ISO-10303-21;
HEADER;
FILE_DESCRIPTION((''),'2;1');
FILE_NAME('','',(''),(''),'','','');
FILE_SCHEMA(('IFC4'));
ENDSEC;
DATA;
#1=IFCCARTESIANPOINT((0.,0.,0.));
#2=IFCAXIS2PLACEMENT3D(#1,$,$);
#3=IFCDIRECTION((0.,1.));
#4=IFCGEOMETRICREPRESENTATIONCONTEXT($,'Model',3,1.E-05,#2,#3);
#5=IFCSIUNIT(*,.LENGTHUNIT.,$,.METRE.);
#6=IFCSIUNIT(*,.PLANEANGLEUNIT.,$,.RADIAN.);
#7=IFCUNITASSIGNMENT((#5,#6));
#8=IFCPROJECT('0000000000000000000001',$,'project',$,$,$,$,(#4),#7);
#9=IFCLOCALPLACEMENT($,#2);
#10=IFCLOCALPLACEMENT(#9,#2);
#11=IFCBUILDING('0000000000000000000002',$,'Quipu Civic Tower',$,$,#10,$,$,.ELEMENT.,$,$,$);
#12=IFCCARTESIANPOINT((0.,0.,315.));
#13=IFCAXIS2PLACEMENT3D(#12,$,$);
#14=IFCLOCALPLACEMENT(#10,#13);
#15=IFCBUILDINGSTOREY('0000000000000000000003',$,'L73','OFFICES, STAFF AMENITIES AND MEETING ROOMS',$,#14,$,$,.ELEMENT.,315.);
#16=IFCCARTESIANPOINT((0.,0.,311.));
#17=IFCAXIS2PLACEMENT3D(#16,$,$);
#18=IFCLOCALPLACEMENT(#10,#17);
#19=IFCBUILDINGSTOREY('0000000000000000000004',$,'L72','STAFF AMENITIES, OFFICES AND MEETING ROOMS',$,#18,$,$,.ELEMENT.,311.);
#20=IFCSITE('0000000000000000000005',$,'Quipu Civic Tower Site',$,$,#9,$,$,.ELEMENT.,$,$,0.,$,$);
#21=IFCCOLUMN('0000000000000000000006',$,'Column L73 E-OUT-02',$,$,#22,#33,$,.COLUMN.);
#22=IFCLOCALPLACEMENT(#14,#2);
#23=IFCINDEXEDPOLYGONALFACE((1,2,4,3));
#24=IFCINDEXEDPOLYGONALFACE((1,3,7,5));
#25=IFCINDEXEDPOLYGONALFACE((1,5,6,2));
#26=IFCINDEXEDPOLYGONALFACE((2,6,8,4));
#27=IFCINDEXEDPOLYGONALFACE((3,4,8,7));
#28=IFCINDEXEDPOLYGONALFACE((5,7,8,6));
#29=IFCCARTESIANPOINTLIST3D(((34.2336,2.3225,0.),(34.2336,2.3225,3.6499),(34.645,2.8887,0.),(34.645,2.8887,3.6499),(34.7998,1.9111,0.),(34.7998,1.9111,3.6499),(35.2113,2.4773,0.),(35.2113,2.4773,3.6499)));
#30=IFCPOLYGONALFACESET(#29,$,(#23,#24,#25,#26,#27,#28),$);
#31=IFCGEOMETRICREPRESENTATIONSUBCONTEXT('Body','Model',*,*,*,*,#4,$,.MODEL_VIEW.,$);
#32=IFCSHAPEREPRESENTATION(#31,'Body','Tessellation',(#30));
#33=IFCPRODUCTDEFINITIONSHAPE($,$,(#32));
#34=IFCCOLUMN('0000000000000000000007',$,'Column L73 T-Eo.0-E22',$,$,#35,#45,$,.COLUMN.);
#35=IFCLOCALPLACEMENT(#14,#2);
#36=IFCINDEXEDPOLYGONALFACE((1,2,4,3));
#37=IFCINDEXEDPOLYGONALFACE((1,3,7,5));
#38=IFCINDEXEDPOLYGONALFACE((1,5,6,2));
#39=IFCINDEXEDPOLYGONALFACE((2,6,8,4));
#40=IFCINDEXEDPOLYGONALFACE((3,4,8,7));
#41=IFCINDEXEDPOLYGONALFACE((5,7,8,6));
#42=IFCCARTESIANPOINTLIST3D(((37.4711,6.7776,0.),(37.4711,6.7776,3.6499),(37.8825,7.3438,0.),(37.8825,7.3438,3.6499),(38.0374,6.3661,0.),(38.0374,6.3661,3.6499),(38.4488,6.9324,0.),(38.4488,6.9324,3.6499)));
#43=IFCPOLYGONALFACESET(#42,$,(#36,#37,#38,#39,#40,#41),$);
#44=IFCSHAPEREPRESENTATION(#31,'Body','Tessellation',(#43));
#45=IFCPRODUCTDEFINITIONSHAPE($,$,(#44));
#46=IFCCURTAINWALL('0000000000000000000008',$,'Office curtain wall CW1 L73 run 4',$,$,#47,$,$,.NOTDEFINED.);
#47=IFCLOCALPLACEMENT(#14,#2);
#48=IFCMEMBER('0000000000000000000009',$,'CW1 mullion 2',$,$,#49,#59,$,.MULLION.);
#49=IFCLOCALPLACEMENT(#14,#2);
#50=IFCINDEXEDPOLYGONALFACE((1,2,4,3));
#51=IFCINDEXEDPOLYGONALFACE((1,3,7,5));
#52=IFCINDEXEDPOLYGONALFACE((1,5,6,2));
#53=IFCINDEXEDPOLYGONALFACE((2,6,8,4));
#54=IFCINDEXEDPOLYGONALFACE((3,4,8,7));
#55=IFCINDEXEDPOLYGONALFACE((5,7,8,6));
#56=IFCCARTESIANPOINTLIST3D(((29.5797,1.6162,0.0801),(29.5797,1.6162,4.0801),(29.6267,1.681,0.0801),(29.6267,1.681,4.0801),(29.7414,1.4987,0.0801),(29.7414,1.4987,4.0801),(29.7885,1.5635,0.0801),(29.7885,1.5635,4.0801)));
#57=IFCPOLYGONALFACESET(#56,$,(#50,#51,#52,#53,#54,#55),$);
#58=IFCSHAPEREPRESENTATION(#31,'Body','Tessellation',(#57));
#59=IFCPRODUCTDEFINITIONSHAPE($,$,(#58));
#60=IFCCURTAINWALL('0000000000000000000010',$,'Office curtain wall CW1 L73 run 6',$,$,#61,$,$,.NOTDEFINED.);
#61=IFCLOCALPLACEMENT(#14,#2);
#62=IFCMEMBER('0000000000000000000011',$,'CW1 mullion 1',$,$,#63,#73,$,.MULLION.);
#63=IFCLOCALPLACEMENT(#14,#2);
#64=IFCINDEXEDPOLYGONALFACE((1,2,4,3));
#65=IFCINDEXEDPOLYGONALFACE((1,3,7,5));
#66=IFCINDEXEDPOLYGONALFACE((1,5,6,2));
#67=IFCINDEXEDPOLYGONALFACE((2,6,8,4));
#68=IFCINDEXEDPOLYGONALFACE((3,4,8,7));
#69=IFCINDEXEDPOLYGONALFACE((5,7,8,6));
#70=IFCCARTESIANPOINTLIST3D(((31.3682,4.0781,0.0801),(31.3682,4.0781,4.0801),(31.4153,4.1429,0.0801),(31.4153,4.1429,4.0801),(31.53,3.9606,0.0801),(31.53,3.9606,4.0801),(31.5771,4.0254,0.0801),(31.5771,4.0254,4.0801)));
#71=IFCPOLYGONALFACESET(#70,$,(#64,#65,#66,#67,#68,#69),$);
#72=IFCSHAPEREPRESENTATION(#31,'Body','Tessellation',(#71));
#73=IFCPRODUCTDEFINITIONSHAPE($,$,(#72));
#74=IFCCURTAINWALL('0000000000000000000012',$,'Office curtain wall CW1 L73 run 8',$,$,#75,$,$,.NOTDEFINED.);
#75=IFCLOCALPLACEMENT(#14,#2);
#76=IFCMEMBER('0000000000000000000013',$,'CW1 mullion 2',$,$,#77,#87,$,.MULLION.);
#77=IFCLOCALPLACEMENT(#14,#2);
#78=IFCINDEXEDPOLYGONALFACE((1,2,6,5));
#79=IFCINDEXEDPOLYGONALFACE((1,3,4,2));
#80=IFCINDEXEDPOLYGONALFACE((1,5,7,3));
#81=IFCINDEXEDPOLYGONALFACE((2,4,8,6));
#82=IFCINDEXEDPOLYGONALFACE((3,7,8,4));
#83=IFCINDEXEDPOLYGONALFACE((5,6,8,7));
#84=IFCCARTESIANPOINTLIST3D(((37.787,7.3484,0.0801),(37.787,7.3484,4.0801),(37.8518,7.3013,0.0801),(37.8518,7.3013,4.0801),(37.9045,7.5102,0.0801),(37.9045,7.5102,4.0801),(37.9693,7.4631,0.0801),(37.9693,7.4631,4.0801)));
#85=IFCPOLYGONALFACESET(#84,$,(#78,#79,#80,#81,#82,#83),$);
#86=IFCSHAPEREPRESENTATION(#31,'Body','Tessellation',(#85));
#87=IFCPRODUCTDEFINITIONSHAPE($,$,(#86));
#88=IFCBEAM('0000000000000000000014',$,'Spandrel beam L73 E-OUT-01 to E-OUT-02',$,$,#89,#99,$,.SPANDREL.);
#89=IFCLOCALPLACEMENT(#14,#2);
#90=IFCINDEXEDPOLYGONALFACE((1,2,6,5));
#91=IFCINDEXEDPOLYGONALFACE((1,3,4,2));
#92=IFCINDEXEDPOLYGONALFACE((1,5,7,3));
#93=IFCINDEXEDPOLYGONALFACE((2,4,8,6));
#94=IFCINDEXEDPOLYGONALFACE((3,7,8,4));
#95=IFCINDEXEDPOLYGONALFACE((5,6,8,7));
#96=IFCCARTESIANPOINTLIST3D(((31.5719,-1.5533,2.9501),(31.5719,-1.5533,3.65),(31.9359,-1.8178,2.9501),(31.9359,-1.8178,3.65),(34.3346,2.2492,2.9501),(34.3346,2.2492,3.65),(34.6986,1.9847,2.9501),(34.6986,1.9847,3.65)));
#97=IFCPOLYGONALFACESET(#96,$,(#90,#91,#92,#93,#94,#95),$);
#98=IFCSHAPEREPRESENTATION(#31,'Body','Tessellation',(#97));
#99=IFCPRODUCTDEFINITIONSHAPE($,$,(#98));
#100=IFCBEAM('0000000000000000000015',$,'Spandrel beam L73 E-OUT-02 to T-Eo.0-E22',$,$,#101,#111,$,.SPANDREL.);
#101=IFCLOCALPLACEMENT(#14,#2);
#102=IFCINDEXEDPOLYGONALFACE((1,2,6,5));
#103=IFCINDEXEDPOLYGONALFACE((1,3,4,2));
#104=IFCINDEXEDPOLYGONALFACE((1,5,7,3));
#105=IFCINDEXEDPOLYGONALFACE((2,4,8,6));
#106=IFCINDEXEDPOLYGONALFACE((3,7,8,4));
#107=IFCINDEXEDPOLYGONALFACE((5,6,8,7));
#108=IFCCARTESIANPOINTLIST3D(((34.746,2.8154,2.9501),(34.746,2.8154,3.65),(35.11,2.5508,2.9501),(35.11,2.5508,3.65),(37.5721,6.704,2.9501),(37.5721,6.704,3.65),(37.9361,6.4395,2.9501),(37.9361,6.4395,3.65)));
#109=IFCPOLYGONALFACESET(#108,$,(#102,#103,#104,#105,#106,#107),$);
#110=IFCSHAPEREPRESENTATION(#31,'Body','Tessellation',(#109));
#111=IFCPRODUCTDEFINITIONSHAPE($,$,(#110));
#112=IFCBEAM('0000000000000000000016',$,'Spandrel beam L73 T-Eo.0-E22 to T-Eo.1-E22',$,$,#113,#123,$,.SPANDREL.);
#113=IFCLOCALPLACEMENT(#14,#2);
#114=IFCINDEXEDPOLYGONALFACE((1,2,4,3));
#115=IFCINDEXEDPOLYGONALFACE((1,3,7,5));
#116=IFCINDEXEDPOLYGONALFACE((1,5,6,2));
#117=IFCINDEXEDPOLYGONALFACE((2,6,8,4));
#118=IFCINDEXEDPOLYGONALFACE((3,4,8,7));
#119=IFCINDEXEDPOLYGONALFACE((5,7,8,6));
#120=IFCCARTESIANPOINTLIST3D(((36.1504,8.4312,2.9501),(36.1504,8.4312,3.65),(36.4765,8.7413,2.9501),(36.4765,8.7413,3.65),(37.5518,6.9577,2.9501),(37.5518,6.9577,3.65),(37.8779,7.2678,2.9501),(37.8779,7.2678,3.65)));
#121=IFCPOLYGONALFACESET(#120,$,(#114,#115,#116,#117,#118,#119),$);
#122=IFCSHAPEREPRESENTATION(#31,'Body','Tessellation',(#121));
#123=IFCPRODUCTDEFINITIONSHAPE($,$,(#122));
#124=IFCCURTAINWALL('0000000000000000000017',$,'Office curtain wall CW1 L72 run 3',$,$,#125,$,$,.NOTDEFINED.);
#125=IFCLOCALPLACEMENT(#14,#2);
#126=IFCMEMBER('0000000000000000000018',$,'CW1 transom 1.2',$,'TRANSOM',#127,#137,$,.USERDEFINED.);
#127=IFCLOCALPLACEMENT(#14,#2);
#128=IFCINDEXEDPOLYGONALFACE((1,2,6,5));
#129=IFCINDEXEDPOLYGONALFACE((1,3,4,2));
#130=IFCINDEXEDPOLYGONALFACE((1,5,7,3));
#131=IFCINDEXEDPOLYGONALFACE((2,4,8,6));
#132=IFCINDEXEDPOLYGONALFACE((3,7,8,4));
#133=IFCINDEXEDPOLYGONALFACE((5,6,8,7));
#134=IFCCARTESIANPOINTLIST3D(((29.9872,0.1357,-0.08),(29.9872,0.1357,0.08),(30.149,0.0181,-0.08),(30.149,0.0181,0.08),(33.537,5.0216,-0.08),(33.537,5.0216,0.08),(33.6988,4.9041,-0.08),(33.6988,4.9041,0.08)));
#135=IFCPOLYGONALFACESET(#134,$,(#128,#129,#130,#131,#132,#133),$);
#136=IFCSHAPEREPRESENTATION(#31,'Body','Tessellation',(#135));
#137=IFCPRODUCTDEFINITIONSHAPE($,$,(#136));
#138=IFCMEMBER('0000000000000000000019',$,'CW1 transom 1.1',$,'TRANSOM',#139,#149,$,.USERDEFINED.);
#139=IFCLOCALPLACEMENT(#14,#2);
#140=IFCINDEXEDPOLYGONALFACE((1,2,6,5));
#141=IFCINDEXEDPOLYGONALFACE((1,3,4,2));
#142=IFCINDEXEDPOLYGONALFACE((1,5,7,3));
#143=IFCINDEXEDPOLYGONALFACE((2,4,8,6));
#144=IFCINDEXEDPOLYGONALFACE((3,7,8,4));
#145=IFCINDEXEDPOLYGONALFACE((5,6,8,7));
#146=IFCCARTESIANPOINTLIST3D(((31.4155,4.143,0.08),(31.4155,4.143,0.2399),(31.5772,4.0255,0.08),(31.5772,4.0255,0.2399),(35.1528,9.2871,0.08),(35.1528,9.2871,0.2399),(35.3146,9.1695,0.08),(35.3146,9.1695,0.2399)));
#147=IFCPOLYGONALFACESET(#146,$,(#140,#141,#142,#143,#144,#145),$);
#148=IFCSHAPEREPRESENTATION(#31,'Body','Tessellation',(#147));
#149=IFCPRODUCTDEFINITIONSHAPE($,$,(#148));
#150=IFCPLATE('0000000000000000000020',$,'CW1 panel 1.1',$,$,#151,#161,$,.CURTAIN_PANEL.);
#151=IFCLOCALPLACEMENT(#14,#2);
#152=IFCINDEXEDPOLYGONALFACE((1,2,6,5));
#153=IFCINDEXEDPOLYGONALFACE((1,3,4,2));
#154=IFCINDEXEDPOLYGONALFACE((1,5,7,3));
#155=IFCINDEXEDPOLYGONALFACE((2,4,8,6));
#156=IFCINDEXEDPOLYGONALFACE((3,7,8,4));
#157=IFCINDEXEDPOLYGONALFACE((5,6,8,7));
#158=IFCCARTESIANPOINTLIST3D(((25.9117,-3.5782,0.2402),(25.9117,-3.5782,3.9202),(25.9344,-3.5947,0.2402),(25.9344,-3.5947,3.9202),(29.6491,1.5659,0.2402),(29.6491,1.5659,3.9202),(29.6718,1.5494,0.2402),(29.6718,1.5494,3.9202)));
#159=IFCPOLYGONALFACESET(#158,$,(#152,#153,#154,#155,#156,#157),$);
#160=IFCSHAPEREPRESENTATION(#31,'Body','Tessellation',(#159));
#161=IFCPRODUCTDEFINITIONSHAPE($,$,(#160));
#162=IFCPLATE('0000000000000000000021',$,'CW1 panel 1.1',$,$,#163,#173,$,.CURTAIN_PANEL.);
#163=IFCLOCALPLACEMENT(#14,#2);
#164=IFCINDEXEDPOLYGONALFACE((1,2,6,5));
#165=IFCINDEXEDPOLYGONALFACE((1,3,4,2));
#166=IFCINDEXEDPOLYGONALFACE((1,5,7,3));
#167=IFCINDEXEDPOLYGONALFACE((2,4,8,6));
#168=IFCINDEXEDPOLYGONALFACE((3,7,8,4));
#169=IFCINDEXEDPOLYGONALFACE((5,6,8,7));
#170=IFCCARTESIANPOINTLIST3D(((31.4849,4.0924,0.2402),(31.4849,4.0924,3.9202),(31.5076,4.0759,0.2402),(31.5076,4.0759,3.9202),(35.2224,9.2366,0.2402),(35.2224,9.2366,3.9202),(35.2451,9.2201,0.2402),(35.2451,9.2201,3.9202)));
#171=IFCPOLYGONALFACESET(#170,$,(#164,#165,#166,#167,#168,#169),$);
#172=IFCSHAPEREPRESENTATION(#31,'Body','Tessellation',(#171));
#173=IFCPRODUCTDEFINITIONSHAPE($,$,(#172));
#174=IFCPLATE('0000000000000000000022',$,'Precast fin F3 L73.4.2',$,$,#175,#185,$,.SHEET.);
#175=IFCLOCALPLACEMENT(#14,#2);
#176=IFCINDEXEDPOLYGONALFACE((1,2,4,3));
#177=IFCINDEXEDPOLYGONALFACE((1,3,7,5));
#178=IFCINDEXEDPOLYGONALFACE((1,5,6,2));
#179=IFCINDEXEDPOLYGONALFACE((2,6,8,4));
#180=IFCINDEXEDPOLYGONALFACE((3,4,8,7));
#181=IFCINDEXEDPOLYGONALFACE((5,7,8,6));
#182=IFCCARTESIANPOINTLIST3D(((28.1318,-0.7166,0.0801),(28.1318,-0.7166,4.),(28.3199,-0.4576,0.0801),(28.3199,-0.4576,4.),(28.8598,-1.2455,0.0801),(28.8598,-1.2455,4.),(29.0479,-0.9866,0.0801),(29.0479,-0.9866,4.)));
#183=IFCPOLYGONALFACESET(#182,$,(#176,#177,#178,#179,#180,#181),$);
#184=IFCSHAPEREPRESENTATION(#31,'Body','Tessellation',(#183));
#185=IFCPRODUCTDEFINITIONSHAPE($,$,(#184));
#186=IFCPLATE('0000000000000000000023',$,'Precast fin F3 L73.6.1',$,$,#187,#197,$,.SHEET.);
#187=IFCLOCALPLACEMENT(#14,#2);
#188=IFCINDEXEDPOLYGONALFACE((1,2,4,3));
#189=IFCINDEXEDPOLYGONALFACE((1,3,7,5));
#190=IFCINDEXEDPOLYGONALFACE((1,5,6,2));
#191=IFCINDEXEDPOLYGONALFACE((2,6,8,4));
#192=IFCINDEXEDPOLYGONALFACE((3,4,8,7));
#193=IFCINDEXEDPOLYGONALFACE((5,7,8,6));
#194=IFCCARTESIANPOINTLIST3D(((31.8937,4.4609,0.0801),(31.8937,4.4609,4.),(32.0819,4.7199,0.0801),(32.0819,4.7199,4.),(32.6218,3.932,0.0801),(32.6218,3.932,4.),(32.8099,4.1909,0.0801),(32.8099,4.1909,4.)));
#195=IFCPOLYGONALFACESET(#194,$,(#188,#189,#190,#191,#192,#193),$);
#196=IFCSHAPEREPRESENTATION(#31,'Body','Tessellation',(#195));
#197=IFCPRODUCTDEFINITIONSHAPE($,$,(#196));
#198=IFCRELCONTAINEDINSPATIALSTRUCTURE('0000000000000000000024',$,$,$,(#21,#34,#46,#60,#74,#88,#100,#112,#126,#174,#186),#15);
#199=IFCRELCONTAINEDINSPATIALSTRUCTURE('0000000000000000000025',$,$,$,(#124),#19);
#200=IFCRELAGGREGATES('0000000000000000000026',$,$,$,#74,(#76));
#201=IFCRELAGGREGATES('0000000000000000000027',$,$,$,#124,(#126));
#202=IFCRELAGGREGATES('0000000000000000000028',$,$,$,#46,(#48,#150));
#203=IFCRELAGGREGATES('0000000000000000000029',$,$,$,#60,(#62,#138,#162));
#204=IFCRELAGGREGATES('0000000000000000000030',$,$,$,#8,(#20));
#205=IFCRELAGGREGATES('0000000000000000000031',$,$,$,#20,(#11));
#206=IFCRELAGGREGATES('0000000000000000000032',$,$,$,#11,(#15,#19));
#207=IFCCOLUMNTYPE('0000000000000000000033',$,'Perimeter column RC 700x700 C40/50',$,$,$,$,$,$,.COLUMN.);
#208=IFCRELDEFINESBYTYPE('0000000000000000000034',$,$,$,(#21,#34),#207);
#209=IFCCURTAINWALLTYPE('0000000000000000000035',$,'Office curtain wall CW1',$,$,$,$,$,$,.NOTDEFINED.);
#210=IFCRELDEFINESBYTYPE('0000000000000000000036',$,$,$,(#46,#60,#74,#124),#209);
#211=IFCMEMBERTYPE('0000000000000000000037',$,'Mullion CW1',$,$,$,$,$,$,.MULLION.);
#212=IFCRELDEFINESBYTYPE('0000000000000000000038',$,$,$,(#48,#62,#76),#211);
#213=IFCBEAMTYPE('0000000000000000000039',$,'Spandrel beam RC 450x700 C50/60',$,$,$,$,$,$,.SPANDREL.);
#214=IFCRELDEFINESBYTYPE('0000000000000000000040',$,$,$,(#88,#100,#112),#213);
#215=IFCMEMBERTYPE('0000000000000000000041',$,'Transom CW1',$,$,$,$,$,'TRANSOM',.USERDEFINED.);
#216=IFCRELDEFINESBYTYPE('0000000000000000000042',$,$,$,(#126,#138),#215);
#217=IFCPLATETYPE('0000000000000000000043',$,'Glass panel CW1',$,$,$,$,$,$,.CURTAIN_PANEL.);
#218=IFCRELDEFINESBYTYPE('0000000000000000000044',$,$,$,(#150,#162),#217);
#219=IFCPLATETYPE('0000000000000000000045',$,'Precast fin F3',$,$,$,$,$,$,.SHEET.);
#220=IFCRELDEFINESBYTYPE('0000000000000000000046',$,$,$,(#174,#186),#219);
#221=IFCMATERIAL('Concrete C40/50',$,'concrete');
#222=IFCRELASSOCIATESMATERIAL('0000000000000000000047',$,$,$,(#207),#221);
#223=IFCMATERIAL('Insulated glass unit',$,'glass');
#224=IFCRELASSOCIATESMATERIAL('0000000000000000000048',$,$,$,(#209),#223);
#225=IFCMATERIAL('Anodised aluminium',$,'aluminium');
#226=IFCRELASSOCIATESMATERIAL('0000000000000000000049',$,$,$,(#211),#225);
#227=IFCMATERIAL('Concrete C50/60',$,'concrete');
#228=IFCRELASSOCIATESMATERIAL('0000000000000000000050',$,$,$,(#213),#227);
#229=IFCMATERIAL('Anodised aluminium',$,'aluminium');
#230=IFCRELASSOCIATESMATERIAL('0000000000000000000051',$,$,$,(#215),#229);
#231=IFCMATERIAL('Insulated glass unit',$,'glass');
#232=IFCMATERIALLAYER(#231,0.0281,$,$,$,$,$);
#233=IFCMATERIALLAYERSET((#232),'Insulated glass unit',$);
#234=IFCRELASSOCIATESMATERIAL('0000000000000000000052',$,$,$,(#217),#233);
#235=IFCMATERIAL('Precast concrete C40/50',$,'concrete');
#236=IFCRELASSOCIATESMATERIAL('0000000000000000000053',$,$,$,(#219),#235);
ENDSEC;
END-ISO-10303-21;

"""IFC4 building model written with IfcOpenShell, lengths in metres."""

from ifc_helpers import new_model, si_unit, direction, frame, origin, origin_2d, place, context, subcontext, project, spatial, rectangle, extrude, material, layer, layer_set, material_profile, profile_set, type_object, element, aggregate, save


model = new_model("IFC4")

# Units and contexts
model_context = context("Model", 3, precision=1e-05, world=origin(), true_north=direction((0.0, 1.0)))
body_context = subcontext(model_context, "Body", "Model", "MODEL_VIEW")
ifc_project = project(units=[si_unit("LENGTHUNIT", "METRE"), si_unit("PLANEANGLEUNIT", "RADIAN")], contexts=[model_context])

# Site, building, storey
site_placement = place(None, origin())
site = spatial("IfcSite", under=ifc_project, at=site_placement, Name="Quipu Civic Tower Site", CompositionType="ELEMENT", RefElevation=0.0)
building_placement = place(site_placement, origin())
building = spatial("IfcBuilding", under=site, at=building_placement, Name="Quipu Civic Tower", CompositionType="ELEMENT")
storey_1_placement = place(building_placement, frame((0.0, 0.0, 315.0)))
storey_1 = spatial("IfcBuildingStorey", under=building, at=storey_1_placement, Name="L73", Description="OFFICES, STAFF AMENITIES AND MEETING ROOMS", CompositionType="ELEMENT", Elevation=315.0)

# Columns
ifc_material_1 = material(Name="Concrete C40/50", Category="concrete")
ifc_material_profile_1 = material_profile(ifc_material_1, rectangle(XDim=0.7, YDim=0.7, at=origin_2d()), Name="RC700x700")
ifc_profile_set_1 = profile_set([ifc_material_profile_1], Name="Concrete C40/50")
column_type = type_object("IfcColumnType", Name="Perimeter column RC 700x700 C40/50", PredefinedType="COLUMN", material=ifc_profile_set_1)
for number, where, z_axis, x_axis, name in (
    (1, (34.7224, 2.3999, 0.0), (0.0, 0.0, 1.0), (0.587785, 0.809017, 0.0), "Column L73 E-OUT-02"),
    (2, (37.96, 6.855, 0.0), (0.0, 0.0, 1.0), (0.587785, 0.809017, 0.0), "Column L73 T-Eo.0-E22"),
):
    element("IfcColumn", number, at=place(storey_1_placement, frame(where, z_axis=z_axis, x_axis=x_axis)), inside=storey_1, type_object=column_type, Name=name, PredefinedType="COLUMN", context=body_context, shape_type="SweptSolid", body=[
        extrude(rectangle(XDim=0.7, YDim=0.7, at=origin_2d()), origin(), (0.0, 0.0, 1.0), 3.6499),
    ])

# Curtain walls, members
ifc_material_2 = material(Name="Insulated glass unit", Category="glass")
curtain_wall_type = type_object("IfcCurtainWallType", Name="Office curtain wall CW1", PredefinedType="NOTDEFINED", material=ifc_material_2)
curtain_wall_1_placement = place(storey_1_placement, origin())
curtain_wall_1 = element("IfcCurtainWall", 3, at=curtain_wall_1_placement, inside=storey_1, type_object=curtain_wall_type, Name="Office curtain wall CW1 L73 run 4", PredefinedType="NOTDEFINED")
ifc_material_3 = material(Name="Anodised aluminium", Category="aluminium")
ifc_material_profile_2 = material_profile(ifc_material_3, rectangle(XDim=0.2, YDim=0.0801, at=origin_2d()), Name="RECT 200x80")
ifc_profile_set_2 = profile_set([ifc_material_profile_2], Name="Anodised aluminium")
member_type_1 = type_object("IfcMemberType", Name="Mullion CW1", PredefinedType="MULLION", material=ifc_profile_set_2)
member_1_placement = place(storey_1_placement, frame((29.6841, 1.5898, 0.0801), z_axis=(0.0, 0.0, 1.0), x_axis=(-0.809011, 0.587793, 0.0)))
member_1 = element("IfcMember", 4, at=member_1_placement, type_object=member_type_1, Name="CW1 mullion 2", PredefinedType="MULLION", context=body_context, shape_type="SweptSolid", body=[
    extrude(rectangle(XDim=0.2, YDim=0.0801, at=origin_2d()), origin(), (0.0, 0.0, 1.0), 4.0),
])
curtain_wall_2_placement = place(storey_1_placement, origin())
curtain_wall_2 = element("IfcCurtainWall", 5, at=curtain_wall_2_placement, inside=storey_1, type_object=curtain_wall_type, Name="Office curtain wall CW1 L73 run 6", PredefinedType="NOTDEFINED")
member_2_placement = place(storey_1_placement, frame((31.4727, 4.0518, 0.0801), z_axis=(0.0, 0.0, 1.0), x_axis=(-0.809017, 0.587786, 0.0)))
member_2 = element("IfcMember", 6, at=member_2_placement, type_object=member_type_1, Name="CW1 mullion 1", PredefinedType="MULLION", context=body_context, shape_type="SweptSolid", body=[
    extrude(rectangle(XDim=0.2, YDim=0.0801, at=origin_2d()), origin(), (0.0, 0.0, 1.0), 4.0),
])
curtain_wall_3_placement = place(storey_1_placement, origin())
curtain_wall_3 = element("IfcCurtainWall", 7, at=curtain_wall_3_placement, inside=storey_1, type_object=curtain_wall_type, Name="Office curtain wall CW1 L73 run 8", PredefinedType="NOTDEFINED")
member_3_placement = place(storey_1_placement, frame((37.8782, 7.4058, 0.0801), z_axis=(0.0, 0.0, 1.0), x_axis=(0.587785, 0.809017, 0.0)))
member_3 = element("IfcMember", 8, at=member_3_placement, type_object=member_type_1, Name="CW1 mullion 2", PredefinedType="MULLION", context=body_context, shape_type="SweptSolid", body=[
    extrude(rectangle(XDim=0.2, YDim=0.0801, at=origin_2d()), origin(), (0.0, 0.0, 1.0), 4.0),
])
aggregate(curtain_wall_3, [member_3])

# Beams
ifc_material_4 = material(Name="Concrete C50/60", Category="concrete")
ifc_material_profile_3 = material_profile(ifc_material_4, rectangle(XDim=0.45, YDim=0.7, at=origin_2d()), Name="RC450x700")
ifc_profile_set_3 = profile_set([ifc_material_profile_3], Name="Concrete C50/60")
beam_type = type_object("IfcBeamType", Name="Spandrel beam RC 450x700 C50/60", PredefinedType="SPANDREL", material=ifc_profile_set_3)
beam_1_placement = place(storey_1_placement, frame((31.7539, -1.6855, 3.3), z_axis=(0.587789, 0.809015, 0.0), x_axis=(-0.809015, 0.587789, 0.0)))
element("IfcBeam", 9, at=beam_1_placement, inside=storey_1, type_object=beam_type, Name="Spandrel beam L73 E-OUT-01 to E-OUT-02", PredefinedType="SPANDREL", context=body_context, shape_type="SweptSolid", body=[
    extrude(rectangle(XDim=0.45, YDim=0.7, at=origin_2d()), origin(), (0.0, 0.0, 1.0), 4.7002),
])
beam_2_placement = place(storey_1_placement, frame((34.928, 2.6831, 3.3), z_axis=(0.587906, 0.808929, 0.0), x_axis=(-0.808929, 0.587906, 0.0)))
element("IfcBeam", 10, at=beam_2_placement, inside=storey_1, type_object=beam_type, Name="Spandrel beam L73 E-OUT-02 to T-Eo.0-E22", PredefinedType="SPANDREL", context=body_context, shape_type="SweptSolid", body=[
    extrude(rectangle(XDim=0.45, YDim=0.7, at=origin_2d()), origin(), (0.0, 0.0, 1.0), 4.8071),
])
beam_3_placement = place(storey_1_placement, frame((37.7148, 7.1128, 3.3), z_axis=(-0.689175, 0.724595, 0.0), x_axis=(-0.724595, -0.689175, 0.0)))
element("IfcBeam", 11, at=beam_3_placement, inside=storey_1, type_object=beam_type, Name="Spandrel beam L73 T-Eo.0-E22 to T-Eo.1-E22", PredefinedType="SPANDREL", context=body_context, shape_type="SweptSolid", body=[
    extrude(rectangle(XDim=0.45, YDim=0.7, at=origin_2d()), origin(), (0.0, 0.0, 1.0), 2.0334),
])

# Shared definitions
storey_2_placement = place(building_placement, frame((0.0, 0.0, 311.0)))
storey_2 = spatial("IfcBuildingStorey", under=building, at=storey_2_placement, Name="L72", Description="STAFF AMENITIES, OFFICES AND MEETING ROOMS", CompositionType="ELEMENT", Elevation=311.0)

# Curtain wall, member
curtain_wall_4_placement = place(storey_2_placement, origin())
curtain_wall_4 = element("IfcCurtainWall", 12, at=curtain_wall_4_placement, inside=storey_2, type_object=curtain_wall_type, Name="Office curtain wall CW1 L72 run 3", PredefinedType="NOTDEFINED")
ifc_material_5 = material(Name="Anodised aluminium", Category="aluminium")
ifc_material_profile_4 = material_profile(ifc_material_5, rectangle(XDim=0.2, YDim=0.1599, at=origin_2d()), Name="RECT 200x160")
ifc_profile_set_4 = profile_set([ifc_material_profile_4], Name="Anodised aluminium")
member_type_2 = type_object("IfcMemberType", Name="Transom CW1", ElementType="TRANSOM", PredefinedType="USERDEFINED", material=ifc_profile_set_4)
member_4_placement = place(storey_1_placement, frame((30.0681, 0.0769, 0.0), z_axis=(0.587777, 0.809023, 0.0), x_axis=(-0.809023, 0.587777, 0.0)))
member_4 = element("IfcMember", 13, at=member_4_placement, inside=storey_1, type_object=member_type_2, Name="CW1 transom 1.2", ObjectType="TRANSOM", PredefinedType="USERDEFINED", context=body_context, shape_type="SweptSolid", body=[
    extrude(rectangle(XDim=0.2, YDim=0.1599, at=origin_2d()), origin(), (0.0, 0.0, 1.0), 6.0393),
])
aggregate(curtain_wall_4, [member_4])

# Member
member_5_placement = place(storey_1_placement, frame((31.4963, 4.0842, 0.1599), z_axis=(0.587779, 0.809022, 0.0), x_axis=(-0.809022, 0.587779, 0.0)))
member_5 = element("IfcMember", 14, at=member_5_placement, type_object=member_type_2, Name="CW1 transom 1.1", ObjectType="TRANSOM", PredefinedType="USERDEFINED", context=body_context, shape_type="SweptSolid", body=[
    extrude(rectangle(XDim=0.2, YDim=0.1599, at=origin_2d()), origin(), (0.0, 0.0, 1.0), 6.3584),
])

# Plates
ifc_material_6 = material(Name="Insulated glass unit", Category="glass")
ifc_layer_1 = layer(ifc_material_6, 0.0281)
ifc_layer_set_1 = layer_set([ifc_layer_1], Name="Insulated glass unit")
plate_type_1 = type_object("IfcPlateType", Name="Glass panel CW1", PredefinedType="CURTAIN_PANEL", material=ifc_layer_set_1)
plate_1_placement = place(storey_1_placement, frame((27.7917, -1.0144, 0.2402), z_axis=(0.0, 0.0, 1.0), x_axis=(0.587793, 0.809011, 0.0)))
plate_1 = element("IfcPlate", 15, at=plate_1_placement, type_object=plate_type_1, Name="CW1 panel 1.1", PredefinedType="CURTAIN_PANEL", context=body_context, shape_type="SweptSolid", body=[
    extrude(rectangle(XDim=6.3584, YDim=0.0281, at=origin_2d()), origin(), (0.0, 0.0, 1.0), 3.6799),
])
aggregate(curtain_wall_1, [member_1, plate_1])
plate_2_placement = place(storey_1_placement, frame((33.365, 6.6562, 0.2402), z_axis=(0.0, 0.0, 1.0), x_axis=(0.587786, 0.809017, 0.0)))
plate_2 = element("IfcPlate", 16, at=plate_2_placement, type_object=plate_type_1, Name="CW1 panel 1.1", PredefinedType="CURTAIN_PANEL", context=body_context, shape_type="SweptSolid", body=[
    extrude(rectangle(XDim=6.3586, YDim=0.0281, at=origin_2d()), origin(), (0.0, 0.0, 1.0), 3.6799),
])
aggregate(curtain_wall_2, [member_2, member_5, plate_2])

# Plates
ifc_material_7 = material(Name="Precast concrete C40/50", Category="concrete")
plate_type_2 = type_object("IfcPlateType", Name="Precast fin F3", PredefinedType="SHEET", material=ifc_material_7)
for number, where, z_axis, x_axis, name in (
    (17, (28.5898, -0.8516, 0.0801), (0.0, 0.0, 1.0), (0.587791, 0.809013, 0.0), "Precast fin F3 L73.4.2"),
    (18, (32.3518, 4.3259, 0.0801), (0.0, 0.0, 1.0), (0.587791, 0.809013, 0.0), "Precast fin F3 L73.6.1"),
):
    element("IfcPlate", number, at=place(storey_1_placement, frame(where, z_axis=z_axis, x_axis=x_axis)), inside=storey_1, type_object=plate_type_2, Name=name, PredefinedType="SHEET", context=body_context, shape_type="SweptSolid", body=[
        extrude(rectangle(XDim=0.3201, YDim=0.8999, at=origin_2d()), origin(), (0.0, 0.0, 1.0), 3.9199),
    ])

save(model, "model.ifc")
